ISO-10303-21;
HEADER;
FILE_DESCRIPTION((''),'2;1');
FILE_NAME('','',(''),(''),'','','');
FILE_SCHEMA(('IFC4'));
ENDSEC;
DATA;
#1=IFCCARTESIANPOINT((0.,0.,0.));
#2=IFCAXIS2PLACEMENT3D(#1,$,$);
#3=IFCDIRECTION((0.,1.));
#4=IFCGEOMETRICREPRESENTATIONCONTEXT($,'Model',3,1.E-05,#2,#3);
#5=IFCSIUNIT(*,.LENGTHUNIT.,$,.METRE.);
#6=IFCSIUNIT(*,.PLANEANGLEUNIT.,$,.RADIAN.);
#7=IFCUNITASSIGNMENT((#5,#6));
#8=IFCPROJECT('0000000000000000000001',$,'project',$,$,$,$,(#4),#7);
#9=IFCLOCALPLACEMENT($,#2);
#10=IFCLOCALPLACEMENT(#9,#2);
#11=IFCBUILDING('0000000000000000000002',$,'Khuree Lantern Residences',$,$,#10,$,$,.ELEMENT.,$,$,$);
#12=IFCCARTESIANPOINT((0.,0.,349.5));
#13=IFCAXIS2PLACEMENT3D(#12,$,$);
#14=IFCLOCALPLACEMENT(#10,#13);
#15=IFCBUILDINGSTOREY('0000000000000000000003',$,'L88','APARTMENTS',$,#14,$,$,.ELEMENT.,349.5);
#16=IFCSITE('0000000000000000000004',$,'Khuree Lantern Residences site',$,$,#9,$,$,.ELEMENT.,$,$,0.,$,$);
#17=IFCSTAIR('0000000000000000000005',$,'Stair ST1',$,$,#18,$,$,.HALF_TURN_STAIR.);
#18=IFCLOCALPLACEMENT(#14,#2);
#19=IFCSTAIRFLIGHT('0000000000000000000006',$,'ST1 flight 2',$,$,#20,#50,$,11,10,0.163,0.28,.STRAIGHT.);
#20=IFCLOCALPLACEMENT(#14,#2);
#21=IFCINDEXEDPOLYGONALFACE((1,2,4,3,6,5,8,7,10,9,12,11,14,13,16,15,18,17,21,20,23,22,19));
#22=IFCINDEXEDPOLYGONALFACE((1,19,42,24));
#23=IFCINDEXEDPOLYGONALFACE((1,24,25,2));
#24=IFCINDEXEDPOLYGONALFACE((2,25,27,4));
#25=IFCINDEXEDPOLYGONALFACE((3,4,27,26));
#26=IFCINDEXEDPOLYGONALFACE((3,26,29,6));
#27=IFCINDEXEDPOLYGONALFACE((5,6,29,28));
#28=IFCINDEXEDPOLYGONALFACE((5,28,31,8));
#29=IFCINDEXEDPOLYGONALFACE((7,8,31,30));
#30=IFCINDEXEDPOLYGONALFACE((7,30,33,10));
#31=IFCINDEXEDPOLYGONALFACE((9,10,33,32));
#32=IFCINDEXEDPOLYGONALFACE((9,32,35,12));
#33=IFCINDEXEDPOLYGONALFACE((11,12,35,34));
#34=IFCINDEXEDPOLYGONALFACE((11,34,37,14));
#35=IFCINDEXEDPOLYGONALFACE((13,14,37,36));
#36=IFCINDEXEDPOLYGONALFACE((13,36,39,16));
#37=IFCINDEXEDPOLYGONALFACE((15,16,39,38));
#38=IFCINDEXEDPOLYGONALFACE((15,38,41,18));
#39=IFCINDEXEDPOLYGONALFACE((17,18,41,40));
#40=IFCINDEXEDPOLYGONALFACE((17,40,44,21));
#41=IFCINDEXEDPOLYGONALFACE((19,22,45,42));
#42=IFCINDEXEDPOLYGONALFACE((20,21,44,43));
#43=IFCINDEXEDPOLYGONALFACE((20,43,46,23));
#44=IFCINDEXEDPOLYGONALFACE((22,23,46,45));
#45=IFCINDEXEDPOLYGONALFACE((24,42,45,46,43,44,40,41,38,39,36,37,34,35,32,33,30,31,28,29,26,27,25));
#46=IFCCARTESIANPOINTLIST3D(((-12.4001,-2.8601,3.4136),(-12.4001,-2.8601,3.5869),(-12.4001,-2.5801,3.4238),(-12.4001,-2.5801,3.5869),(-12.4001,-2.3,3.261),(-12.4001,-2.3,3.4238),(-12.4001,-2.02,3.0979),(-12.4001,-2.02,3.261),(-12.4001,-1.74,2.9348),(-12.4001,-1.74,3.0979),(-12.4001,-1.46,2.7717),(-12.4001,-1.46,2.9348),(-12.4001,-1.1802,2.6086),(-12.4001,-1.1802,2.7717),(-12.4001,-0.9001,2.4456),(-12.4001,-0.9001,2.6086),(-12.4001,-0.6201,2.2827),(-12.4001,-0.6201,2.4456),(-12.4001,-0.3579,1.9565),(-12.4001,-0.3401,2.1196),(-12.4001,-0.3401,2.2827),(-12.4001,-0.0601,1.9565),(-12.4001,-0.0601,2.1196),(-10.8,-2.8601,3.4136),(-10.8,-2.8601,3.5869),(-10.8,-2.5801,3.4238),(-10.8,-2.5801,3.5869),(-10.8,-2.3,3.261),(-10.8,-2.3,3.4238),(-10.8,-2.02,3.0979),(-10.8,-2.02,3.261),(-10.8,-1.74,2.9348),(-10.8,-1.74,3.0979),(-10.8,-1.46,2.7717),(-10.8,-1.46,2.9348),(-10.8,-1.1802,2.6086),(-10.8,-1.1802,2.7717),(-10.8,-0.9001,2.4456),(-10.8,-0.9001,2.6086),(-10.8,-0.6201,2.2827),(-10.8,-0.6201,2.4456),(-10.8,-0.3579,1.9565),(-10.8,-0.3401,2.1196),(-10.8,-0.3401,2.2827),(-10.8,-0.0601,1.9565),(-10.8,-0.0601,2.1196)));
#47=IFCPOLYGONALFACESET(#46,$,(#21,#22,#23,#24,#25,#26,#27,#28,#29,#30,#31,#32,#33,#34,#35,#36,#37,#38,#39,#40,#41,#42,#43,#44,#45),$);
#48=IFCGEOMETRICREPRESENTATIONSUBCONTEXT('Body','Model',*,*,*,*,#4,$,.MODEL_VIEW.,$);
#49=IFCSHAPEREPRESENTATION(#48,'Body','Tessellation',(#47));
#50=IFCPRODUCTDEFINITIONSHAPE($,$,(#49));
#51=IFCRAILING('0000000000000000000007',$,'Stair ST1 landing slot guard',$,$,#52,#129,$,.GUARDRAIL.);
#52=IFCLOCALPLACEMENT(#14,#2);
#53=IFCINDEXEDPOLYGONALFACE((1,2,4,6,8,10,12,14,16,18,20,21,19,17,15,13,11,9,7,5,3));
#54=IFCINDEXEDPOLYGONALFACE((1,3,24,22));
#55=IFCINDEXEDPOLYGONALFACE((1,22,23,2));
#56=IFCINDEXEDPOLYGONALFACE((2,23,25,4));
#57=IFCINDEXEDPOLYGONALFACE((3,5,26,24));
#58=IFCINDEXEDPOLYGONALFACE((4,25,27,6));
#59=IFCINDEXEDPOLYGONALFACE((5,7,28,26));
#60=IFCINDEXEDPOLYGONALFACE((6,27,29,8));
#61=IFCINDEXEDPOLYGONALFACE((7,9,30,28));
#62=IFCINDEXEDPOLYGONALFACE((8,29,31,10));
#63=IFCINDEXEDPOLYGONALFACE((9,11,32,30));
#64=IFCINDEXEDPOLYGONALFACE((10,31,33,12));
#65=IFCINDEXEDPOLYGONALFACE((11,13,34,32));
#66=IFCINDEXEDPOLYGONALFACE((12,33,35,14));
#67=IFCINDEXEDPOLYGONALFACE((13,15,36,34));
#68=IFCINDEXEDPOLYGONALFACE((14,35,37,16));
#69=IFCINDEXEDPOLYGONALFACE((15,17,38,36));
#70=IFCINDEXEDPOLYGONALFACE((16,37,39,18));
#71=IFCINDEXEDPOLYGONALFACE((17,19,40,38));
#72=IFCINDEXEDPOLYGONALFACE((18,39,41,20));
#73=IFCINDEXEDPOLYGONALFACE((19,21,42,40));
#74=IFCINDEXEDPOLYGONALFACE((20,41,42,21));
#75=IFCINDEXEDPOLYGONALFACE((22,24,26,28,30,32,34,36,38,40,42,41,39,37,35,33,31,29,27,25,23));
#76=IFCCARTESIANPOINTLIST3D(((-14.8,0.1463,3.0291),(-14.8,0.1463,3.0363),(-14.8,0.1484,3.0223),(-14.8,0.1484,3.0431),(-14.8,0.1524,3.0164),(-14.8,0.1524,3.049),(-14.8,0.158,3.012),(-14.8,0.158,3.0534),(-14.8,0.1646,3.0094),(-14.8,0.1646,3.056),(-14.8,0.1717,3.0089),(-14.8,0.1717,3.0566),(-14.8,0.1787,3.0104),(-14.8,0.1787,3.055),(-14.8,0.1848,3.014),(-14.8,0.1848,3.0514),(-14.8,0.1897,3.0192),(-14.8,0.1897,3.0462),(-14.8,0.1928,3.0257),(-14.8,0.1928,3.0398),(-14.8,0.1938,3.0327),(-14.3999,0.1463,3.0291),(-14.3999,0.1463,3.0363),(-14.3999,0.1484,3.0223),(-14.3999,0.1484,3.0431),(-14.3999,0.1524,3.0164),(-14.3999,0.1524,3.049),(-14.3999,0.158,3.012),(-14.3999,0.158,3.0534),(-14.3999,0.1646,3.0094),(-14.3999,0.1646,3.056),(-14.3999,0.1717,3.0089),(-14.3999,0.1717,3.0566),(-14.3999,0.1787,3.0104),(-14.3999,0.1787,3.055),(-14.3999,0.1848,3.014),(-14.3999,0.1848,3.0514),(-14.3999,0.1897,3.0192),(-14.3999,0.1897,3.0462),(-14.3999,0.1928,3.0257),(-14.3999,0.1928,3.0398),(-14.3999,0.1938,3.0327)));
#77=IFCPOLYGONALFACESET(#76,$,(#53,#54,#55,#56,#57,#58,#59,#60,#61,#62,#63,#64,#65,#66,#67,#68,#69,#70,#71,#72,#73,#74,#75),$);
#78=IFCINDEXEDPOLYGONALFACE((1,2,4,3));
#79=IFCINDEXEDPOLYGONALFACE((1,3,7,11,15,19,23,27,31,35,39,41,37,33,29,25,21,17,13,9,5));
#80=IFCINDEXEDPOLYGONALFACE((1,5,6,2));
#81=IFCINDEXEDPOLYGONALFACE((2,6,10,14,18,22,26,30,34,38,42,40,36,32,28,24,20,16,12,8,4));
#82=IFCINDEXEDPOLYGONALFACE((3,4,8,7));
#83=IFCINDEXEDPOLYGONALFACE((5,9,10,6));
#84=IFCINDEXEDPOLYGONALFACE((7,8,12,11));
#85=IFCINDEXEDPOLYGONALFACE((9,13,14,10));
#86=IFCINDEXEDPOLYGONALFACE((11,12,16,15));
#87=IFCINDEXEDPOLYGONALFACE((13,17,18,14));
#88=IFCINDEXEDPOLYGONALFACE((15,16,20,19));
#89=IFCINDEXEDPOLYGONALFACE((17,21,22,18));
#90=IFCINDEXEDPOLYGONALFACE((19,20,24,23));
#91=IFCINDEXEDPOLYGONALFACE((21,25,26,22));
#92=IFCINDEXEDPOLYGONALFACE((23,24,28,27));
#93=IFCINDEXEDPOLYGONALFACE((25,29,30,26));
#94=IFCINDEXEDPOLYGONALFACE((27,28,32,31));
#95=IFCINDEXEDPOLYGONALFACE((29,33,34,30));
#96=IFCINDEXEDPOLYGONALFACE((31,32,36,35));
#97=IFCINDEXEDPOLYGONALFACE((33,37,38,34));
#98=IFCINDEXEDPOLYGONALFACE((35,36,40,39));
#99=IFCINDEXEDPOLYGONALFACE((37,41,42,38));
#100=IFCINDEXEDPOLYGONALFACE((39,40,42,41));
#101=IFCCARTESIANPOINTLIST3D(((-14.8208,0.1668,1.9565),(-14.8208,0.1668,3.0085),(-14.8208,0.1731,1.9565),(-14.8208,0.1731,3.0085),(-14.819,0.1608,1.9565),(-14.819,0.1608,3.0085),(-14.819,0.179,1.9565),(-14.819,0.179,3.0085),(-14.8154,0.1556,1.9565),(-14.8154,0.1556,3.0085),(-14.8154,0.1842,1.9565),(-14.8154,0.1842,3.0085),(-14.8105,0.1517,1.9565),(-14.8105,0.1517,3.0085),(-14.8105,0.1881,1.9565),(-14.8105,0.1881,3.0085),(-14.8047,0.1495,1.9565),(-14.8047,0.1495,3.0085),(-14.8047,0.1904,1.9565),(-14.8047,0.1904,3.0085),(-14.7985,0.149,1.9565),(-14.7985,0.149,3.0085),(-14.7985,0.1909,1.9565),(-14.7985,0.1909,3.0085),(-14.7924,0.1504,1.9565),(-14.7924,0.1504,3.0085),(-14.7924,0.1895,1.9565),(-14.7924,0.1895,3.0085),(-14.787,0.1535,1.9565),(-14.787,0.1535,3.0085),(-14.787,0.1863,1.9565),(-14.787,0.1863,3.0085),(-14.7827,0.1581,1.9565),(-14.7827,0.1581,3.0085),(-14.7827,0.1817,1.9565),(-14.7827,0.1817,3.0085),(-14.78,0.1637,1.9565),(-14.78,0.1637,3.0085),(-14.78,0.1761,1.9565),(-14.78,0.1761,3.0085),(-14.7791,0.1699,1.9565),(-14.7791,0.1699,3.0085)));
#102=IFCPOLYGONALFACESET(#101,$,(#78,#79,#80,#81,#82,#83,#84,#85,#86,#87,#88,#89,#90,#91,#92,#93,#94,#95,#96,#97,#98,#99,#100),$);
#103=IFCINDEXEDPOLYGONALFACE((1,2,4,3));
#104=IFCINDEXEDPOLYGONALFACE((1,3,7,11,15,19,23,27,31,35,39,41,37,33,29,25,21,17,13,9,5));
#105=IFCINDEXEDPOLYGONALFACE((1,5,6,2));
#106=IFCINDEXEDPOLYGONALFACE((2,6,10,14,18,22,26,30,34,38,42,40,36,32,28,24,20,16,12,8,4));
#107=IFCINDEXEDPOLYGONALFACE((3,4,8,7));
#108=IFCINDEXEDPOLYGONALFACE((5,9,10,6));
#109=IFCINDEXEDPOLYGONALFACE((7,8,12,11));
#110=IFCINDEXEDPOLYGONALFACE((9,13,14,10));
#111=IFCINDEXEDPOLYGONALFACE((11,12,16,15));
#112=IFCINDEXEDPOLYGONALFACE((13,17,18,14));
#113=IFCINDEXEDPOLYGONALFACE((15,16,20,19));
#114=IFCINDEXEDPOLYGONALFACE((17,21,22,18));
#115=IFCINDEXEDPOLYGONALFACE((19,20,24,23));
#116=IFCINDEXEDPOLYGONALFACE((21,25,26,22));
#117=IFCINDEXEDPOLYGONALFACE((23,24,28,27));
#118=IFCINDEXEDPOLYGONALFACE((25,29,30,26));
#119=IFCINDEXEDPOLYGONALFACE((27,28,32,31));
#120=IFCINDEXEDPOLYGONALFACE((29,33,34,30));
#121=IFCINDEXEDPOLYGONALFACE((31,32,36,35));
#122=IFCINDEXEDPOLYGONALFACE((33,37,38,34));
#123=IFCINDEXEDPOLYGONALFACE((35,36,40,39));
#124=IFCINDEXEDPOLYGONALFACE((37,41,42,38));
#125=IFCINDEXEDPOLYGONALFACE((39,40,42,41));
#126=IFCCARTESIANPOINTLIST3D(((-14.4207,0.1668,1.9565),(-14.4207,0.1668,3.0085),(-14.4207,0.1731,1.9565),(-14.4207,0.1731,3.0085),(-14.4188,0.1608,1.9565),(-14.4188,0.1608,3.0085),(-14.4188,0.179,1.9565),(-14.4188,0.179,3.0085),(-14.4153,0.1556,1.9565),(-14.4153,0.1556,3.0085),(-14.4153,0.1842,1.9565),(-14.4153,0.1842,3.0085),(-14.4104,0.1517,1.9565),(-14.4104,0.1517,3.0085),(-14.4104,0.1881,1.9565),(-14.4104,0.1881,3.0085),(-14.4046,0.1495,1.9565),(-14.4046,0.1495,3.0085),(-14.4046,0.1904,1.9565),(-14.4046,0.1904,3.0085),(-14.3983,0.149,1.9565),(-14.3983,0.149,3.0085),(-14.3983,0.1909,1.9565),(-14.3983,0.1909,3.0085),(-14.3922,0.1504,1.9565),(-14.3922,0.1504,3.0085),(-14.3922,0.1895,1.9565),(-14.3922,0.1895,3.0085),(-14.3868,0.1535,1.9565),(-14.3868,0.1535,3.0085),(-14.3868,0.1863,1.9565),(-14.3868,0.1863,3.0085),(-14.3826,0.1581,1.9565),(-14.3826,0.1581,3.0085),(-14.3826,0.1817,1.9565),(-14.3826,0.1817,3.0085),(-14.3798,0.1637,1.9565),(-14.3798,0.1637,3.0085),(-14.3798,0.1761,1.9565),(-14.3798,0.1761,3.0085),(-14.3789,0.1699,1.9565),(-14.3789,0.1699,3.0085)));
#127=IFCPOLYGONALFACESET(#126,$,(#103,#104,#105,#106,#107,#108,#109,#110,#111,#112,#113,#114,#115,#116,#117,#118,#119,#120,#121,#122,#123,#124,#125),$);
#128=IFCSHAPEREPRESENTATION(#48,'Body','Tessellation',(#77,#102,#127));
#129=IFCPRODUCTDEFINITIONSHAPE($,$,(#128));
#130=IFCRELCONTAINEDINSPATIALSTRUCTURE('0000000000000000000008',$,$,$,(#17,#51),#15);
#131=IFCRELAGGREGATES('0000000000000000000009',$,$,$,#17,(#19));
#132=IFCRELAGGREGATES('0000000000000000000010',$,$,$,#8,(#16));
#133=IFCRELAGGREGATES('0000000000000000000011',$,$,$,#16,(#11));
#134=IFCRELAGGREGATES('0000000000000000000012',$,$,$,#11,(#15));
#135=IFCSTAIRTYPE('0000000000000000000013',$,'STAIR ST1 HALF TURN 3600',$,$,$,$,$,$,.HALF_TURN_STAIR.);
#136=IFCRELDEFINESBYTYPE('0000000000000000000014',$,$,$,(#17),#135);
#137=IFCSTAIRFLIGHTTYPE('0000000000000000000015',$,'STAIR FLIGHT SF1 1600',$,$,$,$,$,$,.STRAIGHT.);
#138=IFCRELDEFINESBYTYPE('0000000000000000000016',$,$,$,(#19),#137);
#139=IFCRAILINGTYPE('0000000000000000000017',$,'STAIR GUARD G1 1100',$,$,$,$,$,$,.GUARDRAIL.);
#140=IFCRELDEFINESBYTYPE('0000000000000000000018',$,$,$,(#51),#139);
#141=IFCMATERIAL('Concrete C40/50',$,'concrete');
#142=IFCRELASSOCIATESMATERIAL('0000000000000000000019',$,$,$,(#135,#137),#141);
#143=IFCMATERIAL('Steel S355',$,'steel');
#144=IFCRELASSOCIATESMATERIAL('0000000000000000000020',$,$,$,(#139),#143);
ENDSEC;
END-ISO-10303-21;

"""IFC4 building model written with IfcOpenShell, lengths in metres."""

from ifc_helpers import new_model, si_unit, direction, frame, origin, origin_2d, place, context, subcontext, project, spatial, polyline, circle, outline, extrude, material, type_object, element, aggregate, save


model = new_model("IFC4")

# Units and contexts
model_context = context("Model", 3, precision=1e-05, world=origin(), true_north=direction((0.0, 1.0)))
body_context = subcontext(model_context, "Body", "Model", "MODEL_VIEW")
ifc_project = project(units=[si_unit("LENGTHUNIT", "METRE"), si_unit("PLANEANGLEUNIT", "RADIAN")], contexts=[model_context])

# Site, building, storey
site_placement = place(None, origin())
site = spatial("IfcSite", under=ifc_project, at=site_placement, Name="Khuree Lantern Residences site", CompositionType="ELEMENT", RefElevation=0.0)
building_placement = place(site_placement, origin())
building = spatial("IfcBuilding", under=site, at=building_placement, Name="Khuree Lantern Residences", CompositionType="ELEMENT")
storey_placement = place(building_placement, frame((0.0, 0.0, 349.5)))
storey = spatial("IfcBuildingStorey", under=building, at=storey_placement, Name="L88", Description="APARTMENTS", CompositionType="ELEMENT", Elevation=349.5)

# Stair, stair flight
ifc_material_1 = material(Name="Concrete C40/50", Category="concrete")
stair_type = type_object("IfcStairType", Name="STAIR ST1 HALF TURN 3600", PredefinedType="HALF_TURN_STAIR", material=ifc_material_1)
stair_placement = place(storey_placement, origin())
stair = element("IfcStair", 1, at=stair_placement, inside=storey, type_object=stair_type, Name="Stair ST1", PredefinedType="HALF_TURN_STAIR")
stair_flight_type = type_object("IfcStairFlightType", Name="STAIR FLIGHT SF1 1600", PredefinedType="STRAIGHT", material=ifc_material_1)
stair_flight_placement = place(storey_placement, frame((-11.6001, -0.0601, 1.9565), z_axis=(0.0, 0.0, 1.0), x_axis=(0.0, -1.0, 0.0)))
stair_flight = element("IfcStairFlight", 2, at=stair_flight_placement, type_object=stair_flight_type, Name="ST1 flight 2", NumberOfRisers=11, NumberOfTreads=10, PredefinedType="STRAIGHT", RiserHeight=0.163, TreadLength=0.28, context=body_context, shape_type="SweptSolid", body=[
    extrude(outline(polyline([(0.0, 0.0), (0.0, 0.1631), (0.28, 0.1631), (0.28, 0.3262), (0.5601, 0.3262), (0.5601, 0.489), (0.8401, 0.489), (0.8401, 0.6521), (1.1201, 0.6521), (1.1201, 0.8152), (1.3999, 0.8152), (1.3999, 0.9783), (1.6799, 0.9783), (1.6799, 1.1414), (1.96, 1.1414), (1.96, 1.3044), (2.24, 1.3044), (2.24, 1.4673), (2.52, 1.4673), (2.52, 1.6304), (2.8, 1.6304), (2.8, 1.7935), (2.8, 1.457), (0.2979, 0.0), (0.0, 0.0)])), frame((0.0, 0.8, 0.0), z_axis=(0.0, -1.0, 0.0), x_axis=(1.0, 0.0, 0.0)), (0.0, 0.0, 1.0), 1.6001),
])
aggregate(stair, [stair_flight])

# Railing
ifc_material_2 = material(Name="Steel S355", Category="steel")
railing_type = type_object("IfcRailingType", Name="STAIR GUARD G1 1100", PredefinedType="GUARDRAIL", material=ifc_material_2)
railing_placement = place(storey_placement, frame((-14.8, 0.1699, 1.9565)))
element("IfcRailing", 3, at=railing_placement, inside=storey, type_object=railing_type, Name="Stair ST1 landing slot guard", PredefinedType="GUARDRAIL", context=body_context, shape_type="SweptSolid", body=[
    extrude(circle(Radius=0.0239, at=origin_2d()), frame((0.0, 0.0, 1.0762), z_axis=(1.0, 0.0, 0.0), x_axis=(0.0, 1.0, 0.0)), (0.0, 0.0, 1.0), 0.4001),
    extrude(circle(Radius=0.021, at=origin_2d()), origin(), (0.0, 0.0, 1.0), 1.052),
    extrude(circle(Radius=0.021, at=origin_2d()), frame((0.4001, 0.0, 0.0)), (0.0, 0.0, 1.0), 1.052),
])

save(model, "model.ifc")
